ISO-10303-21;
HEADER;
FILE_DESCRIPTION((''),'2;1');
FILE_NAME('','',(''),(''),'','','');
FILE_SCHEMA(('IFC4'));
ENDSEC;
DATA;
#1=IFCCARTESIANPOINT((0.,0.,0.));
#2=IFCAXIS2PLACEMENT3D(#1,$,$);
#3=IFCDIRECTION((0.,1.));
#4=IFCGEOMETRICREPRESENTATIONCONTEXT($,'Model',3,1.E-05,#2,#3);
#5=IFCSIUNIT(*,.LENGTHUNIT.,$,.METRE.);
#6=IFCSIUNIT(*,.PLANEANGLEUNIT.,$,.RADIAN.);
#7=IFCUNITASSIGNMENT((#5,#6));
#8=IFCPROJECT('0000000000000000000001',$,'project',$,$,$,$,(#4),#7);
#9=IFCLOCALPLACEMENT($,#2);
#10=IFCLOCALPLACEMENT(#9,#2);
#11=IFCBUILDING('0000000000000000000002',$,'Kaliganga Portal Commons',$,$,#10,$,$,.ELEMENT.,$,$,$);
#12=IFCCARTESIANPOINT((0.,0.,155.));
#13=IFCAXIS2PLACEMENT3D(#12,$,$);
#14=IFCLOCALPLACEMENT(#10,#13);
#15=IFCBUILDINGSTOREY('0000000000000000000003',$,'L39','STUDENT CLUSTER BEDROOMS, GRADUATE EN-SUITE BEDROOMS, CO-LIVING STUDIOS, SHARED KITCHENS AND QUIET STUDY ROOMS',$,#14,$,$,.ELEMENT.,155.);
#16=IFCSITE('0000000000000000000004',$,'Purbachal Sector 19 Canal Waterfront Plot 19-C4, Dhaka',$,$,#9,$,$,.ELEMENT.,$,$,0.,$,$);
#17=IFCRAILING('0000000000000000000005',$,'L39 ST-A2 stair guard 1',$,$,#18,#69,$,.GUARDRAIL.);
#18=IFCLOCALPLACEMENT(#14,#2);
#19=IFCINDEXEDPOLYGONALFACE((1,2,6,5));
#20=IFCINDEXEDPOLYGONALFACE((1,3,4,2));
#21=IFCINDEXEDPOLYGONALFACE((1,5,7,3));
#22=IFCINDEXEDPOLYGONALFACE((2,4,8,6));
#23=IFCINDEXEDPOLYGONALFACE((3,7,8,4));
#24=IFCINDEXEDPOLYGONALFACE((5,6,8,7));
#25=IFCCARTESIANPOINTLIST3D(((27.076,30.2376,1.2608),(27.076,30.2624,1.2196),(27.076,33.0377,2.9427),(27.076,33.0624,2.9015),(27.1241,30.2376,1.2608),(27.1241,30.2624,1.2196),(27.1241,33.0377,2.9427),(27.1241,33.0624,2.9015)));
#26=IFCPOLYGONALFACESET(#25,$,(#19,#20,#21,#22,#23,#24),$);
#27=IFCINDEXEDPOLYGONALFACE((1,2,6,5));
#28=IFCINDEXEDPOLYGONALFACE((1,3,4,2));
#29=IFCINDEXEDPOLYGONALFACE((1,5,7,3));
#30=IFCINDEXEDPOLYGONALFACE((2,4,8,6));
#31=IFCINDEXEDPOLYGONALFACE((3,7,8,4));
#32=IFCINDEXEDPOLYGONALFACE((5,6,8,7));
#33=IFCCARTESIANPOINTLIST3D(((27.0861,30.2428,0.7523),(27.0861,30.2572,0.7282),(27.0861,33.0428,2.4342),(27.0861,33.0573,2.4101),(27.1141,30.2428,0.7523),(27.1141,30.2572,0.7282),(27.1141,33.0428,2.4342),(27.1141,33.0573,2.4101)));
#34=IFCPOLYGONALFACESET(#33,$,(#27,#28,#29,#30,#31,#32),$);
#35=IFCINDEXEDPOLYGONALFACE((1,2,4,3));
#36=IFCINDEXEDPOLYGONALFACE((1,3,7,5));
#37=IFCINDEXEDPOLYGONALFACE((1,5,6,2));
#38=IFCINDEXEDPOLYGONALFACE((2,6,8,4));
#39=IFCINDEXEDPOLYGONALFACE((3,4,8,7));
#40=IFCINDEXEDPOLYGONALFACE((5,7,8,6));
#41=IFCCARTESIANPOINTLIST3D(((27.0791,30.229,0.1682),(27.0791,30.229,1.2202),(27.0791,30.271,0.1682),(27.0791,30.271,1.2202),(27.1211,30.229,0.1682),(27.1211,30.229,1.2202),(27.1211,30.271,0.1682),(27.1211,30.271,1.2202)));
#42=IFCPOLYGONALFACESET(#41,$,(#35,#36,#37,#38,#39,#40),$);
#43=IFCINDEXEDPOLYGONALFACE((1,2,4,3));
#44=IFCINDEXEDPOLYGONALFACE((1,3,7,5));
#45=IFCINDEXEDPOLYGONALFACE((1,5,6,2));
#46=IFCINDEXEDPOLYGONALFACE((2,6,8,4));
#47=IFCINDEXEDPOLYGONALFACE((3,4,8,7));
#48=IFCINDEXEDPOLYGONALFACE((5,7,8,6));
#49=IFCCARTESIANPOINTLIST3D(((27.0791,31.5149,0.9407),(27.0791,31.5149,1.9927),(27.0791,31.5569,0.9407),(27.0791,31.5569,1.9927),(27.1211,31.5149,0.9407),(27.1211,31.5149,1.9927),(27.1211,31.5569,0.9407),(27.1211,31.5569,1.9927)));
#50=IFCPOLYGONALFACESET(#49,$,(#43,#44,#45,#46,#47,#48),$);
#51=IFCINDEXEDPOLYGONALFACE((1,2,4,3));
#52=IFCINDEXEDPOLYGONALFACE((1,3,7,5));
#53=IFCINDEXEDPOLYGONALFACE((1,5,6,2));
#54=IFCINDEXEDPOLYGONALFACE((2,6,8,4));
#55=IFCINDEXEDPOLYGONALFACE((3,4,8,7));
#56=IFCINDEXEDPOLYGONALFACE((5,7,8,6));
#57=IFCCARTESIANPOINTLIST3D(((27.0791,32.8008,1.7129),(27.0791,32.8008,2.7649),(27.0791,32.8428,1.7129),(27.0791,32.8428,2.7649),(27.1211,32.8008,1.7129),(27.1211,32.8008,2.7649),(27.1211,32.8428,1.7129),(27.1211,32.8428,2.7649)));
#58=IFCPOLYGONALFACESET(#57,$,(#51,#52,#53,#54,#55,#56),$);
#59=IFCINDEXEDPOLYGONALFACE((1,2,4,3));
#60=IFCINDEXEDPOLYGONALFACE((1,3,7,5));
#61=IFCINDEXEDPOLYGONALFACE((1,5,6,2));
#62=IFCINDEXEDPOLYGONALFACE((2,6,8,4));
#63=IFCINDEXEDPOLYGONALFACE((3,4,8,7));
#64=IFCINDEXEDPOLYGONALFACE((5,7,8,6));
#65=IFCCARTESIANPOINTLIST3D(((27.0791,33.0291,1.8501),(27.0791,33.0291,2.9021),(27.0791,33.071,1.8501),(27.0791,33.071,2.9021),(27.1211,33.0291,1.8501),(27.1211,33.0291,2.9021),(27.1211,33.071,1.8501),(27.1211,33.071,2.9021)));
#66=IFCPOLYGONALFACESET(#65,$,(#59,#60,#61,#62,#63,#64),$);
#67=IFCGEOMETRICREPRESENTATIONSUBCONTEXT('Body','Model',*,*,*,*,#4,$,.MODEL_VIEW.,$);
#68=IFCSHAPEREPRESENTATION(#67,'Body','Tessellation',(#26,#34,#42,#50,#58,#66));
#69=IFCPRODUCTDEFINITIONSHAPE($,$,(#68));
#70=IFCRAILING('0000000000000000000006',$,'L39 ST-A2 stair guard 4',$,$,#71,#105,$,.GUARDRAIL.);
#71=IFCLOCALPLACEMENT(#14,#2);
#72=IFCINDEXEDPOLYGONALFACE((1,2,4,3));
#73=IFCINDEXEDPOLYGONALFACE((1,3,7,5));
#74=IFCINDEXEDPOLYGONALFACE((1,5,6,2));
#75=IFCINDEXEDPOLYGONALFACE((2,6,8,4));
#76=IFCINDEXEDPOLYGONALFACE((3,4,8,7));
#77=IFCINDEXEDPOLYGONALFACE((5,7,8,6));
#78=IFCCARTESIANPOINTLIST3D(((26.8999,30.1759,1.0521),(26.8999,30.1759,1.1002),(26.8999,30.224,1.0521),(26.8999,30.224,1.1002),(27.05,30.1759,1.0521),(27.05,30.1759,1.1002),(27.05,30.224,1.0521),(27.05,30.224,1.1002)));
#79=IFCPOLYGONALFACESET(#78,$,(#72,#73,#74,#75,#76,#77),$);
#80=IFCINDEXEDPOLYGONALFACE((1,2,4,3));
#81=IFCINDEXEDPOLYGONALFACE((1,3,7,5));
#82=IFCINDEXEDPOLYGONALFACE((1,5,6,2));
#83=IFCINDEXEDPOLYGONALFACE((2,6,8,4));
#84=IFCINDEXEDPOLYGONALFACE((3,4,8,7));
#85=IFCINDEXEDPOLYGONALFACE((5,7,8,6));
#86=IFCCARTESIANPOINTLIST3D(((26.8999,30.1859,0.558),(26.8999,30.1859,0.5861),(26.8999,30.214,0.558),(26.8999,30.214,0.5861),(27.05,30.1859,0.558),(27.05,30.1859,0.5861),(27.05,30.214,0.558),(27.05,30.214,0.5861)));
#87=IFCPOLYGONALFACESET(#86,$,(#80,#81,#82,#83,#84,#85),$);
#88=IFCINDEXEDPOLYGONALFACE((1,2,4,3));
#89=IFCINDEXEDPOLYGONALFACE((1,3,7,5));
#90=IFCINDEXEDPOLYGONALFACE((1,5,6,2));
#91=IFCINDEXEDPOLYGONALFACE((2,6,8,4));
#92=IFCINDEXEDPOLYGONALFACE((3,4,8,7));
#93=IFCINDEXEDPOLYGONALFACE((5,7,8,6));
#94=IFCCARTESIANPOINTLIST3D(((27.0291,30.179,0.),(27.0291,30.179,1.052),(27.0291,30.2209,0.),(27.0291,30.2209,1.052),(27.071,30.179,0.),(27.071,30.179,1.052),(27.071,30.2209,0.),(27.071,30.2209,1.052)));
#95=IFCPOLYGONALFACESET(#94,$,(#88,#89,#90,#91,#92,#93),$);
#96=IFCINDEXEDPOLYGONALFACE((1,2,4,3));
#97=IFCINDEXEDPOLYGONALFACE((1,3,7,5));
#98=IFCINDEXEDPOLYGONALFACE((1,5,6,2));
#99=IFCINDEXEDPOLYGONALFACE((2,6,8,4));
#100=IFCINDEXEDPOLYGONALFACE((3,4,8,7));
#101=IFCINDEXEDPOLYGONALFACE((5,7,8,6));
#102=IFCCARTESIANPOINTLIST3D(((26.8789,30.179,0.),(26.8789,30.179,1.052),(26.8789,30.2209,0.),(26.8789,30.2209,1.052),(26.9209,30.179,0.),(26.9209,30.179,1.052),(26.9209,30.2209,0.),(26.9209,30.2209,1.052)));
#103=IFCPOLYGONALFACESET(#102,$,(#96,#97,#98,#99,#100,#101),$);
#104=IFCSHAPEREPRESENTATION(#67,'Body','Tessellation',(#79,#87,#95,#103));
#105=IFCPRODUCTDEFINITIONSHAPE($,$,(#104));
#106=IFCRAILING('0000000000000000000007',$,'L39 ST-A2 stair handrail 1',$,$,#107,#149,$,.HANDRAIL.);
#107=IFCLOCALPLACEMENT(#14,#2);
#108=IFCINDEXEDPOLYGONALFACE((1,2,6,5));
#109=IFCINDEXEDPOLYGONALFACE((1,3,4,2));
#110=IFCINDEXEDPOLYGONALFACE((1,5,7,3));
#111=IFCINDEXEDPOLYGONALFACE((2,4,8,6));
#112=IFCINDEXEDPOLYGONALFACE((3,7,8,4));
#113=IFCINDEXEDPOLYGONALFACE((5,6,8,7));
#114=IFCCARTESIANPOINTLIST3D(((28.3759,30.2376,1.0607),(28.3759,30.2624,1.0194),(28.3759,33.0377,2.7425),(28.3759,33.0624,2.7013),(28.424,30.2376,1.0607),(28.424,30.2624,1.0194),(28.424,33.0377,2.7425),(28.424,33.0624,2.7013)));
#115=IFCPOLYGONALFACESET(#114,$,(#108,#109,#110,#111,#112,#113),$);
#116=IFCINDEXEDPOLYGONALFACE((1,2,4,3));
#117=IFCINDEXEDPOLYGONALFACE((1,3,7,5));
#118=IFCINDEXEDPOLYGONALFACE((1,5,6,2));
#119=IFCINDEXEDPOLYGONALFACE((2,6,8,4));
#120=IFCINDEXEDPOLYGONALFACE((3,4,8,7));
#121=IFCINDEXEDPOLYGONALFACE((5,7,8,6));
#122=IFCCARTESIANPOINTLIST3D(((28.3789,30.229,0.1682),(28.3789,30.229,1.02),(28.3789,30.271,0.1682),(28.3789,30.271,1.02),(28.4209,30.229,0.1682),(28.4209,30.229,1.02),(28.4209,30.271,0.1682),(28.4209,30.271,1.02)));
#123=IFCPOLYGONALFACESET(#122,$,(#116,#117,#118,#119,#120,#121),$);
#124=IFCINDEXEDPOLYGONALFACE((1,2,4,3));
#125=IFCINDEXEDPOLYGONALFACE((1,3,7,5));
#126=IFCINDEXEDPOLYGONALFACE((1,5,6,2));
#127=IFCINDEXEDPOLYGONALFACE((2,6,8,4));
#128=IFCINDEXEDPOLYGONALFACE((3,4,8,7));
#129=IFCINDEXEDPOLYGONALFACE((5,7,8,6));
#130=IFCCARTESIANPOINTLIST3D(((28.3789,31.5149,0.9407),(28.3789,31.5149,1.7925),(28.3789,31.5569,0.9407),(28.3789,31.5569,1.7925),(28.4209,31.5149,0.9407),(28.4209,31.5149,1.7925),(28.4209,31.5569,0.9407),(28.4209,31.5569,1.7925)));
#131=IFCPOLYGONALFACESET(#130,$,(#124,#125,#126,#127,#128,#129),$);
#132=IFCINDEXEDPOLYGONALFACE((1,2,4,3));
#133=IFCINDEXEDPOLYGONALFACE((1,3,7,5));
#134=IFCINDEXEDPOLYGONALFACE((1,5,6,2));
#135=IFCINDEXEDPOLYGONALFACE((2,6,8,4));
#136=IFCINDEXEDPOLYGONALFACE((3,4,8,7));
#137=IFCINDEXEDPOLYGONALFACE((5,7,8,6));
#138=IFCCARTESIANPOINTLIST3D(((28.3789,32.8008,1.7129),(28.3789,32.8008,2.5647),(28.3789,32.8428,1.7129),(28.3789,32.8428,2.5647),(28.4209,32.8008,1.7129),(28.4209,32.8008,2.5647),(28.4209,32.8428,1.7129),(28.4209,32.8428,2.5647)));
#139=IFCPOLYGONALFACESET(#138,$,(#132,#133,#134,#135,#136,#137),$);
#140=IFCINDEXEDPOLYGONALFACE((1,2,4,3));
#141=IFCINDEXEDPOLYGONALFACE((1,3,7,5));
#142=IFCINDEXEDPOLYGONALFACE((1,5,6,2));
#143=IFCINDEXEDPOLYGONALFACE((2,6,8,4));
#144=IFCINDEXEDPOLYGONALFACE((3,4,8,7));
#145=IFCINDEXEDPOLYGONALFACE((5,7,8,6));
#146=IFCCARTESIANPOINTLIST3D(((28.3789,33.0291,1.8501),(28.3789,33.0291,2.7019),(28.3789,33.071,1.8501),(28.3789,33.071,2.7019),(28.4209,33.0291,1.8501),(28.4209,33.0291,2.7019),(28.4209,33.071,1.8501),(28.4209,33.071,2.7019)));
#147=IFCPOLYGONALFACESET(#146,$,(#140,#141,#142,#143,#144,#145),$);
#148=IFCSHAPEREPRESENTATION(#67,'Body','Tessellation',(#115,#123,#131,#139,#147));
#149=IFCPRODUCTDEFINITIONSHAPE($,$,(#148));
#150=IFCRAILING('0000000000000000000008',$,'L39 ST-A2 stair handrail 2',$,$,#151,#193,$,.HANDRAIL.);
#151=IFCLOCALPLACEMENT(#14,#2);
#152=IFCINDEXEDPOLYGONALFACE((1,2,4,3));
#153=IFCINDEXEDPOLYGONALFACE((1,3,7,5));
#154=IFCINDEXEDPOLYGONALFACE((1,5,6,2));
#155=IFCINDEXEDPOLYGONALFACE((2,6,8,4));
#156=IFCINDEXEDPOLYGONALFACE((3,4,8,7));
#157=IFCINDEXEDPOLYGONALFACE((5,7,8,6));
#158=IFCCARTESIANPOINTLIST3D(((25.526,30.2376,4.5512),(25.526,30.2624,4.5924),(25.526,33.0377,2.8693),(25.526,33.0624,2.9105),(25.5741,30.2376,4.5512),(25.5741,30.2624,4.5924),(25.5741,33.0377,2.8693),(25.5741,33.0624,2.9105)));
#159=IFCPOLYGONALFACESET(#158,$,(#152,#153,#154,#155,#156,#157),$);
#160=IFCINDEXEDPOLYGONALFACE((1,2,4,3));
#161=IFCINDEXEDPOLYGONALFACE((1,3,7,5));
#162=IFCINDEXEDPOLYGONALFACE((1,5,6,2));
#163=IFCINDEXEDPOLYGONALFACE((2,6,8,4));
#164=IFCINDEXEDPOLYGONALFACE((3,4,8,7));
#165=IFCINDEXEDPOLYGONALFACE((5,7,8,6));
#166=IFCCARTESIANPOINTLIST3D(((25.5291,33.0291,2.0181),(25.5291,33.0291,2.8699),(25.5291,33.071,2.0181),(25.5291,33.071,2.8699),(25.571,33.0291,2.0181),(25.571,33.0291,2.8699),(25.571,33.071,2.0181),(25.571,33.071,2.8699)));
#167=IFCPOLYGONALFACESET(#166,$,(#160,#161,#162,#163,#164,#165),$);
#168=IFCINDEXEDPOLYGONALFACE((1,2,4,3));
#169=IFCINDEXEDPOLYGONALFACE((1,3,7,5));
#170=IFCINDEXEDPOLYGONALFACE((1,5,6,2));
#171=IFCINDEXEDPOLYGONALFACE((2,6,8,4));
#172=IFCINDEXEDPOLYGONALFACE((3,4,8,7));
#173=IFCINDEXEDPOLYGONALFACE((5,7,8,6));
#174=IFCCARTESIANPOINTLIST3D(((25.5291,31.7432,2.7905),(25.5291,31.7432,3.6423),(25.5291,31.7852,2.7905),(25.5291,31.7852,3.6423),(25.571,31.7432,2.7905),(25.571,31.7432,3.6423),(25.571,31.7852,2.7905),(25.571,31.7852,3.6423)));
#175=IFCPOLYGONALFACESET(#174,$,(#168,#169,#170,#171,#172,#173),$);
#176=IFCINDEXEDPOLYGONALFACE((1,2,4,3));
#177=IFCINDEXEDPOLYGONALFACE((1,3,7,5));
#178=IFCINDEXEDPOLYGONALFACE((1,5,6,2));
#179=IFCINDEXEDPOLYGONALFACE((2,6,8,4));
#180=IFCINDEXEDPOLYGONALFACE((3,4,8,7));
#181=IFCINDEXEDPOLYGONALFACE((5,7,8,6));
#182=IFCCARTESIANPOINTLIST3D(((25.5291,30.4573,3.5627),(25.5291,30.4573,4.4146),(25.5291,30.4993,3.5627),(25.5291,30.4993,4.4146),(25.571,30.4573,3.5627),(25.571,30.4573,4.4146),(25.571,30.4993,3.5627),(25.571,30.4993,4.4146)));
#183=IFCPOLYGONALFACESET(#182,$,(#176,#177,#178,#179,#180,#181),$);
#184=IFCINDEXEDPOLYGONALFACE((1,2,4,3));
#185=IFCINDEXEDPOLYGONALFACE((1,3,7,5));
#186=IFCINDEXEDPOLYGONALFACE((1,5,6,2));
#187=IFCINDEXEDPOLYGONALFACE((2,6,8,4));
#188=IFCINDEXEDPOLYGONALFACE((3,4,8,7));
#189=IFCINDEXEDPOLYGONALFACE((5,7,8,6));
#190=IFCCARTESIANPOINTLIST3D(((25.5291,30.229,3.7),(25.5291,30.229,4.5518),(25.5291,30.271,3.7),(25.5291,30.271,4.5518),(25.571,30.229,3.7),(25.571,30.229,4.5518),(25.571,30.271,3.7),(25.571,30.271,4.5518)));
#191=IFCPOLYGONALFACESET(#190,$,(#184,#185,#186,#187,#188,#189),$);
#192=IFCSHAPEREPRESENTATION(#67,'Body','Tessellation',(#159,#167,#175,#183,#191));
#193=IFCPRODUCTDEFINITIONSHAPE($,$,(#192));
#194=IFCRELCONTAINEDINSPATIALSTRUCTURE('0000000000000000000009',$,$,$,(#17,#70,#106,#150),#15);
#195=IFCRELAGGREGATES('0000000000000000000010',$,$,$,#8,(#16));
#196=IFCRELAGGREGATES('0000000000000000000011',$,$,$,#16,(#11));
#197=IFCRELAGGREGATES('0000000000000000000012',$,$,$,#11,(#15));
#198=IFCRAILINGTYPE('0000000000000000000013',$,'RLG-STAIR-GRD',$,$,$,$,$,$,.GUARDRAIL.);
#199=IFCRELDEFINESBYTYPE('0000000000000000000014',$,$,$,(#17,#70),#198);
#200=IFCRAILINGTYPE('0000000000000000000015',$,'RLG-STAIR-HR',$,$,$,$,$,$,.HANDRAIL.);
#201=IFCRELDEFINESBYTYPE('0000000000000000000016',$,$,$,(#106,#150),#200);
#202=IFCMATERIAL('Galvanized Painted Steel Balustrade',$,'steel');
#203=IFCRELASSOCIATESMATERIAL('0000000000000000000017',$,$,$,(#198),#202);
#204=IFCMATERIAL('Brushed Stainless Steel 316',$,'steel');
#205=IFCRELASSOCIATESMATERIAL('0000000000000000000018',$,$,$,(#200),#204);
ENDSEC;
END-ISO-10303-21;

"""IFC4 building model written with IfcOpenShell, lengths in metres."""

from ifc_helpers import new_model, si_unit, direction, frame, origin, origin_2d, place, context, subcontext, project, spatial, rectangle, extrude, material, type_object, element, save


model = new_model("IFC4")

# Units and contexts
model_context = context("Model", 3, precision=1e-05, world=origin(), true_north=direction((0.0, 1.0)))
body_context = subcontext(model_context, "Body", "Model", "MODEL_VIEW")
ifc_project = project(units=[si_unit("LENGTHUNIT", "METRE"), si_unit("PLANEANGLEUNIT", "RADIAN")], contexts=[model_context])

# Site, building, storey
site_placement = place(None, origin())
site = spatial("IfcSite", under=ifc_project, at=site_placement, Name="Purbachal Sector 19 Canal Waterfront Plot 19-C4, Dhaka", CompositionType="ELEMENT", RefElevation=0.0)
building_placement = place(site_placement, origin())
building = spatial("IfcBuilding", under=site, at=building_placement, Name="Kaliganga Portal Commons", CompositionType="ELEMENT")
storey_placement = place(building_placement, frame((0.0, 0.0, 155.0)))
storey = spatial("IfcBuildingStorey", under=building, at=storey_placement, Name="L39", Description="STUDENT CLUSTER BEDROOMS, GRADUATE EN-SUITE BEDROOMS, CO-LIVING STUDIOS, SHARED KITCHENS AND QUIET STUDY ROOMS", CompositionType="ELEMENT", Elevation=155.0)

# Railings
ifc_material_1 = material(Name="Galvanized Painted Steel Balustrade", Category="steel")
railing_type_1 = type_object("IfcRailingType", Name="RLG-STAIR-GRD", PredefinedType="GUARDRAIL", material=ifc_material_1)
railing_1_placement = place(storey_placement, frame((27.1001, 30.25, 0.1682)))
element("IfcRailing", 1, at=railing_1_placement, inside=storey, type_object=railing_type_1, Name="L39 ST-A2 stair guard 1", PredefinedType="GUARDRAIL", context=body_context, shape_type="SweptSolid", body=[
    extrude(rectangle(XDim=0.0481, YDim=0.0481, at=origin_2d()), frame((0.0, 0.0, 1.072), z_axis=(0.0, 0.857242, 0.514913), x_axis=(-1.0, 0.0, 0.0)), (0.0, 0.0, 1.0), 3.2664),
    extrude(rectangle(XDim=0.0281, YDim=0.0281, at=origin_2d()), frame((0.0, 0.0, 0.572), z_axis=(0.0, 0.857242, 0.514913), x_axis=(-1.0, 0.0, 0.0)), (0.0, 0.0, 1.0), 3.2664),
    extrude(rectangle(XDim=0.042, YDim=0.042, at=origin_2d()), origin(), (0.0, 0.0, 1.0), 1.052),
    extrude(rectangle(XDim=0.042, YDim=0.042, at=origin_2d()), frame((0.0, 1.2859, 0.7725)), (0.0, 0.0, 1.0), 1.052),
    extrude(rectangle(XDim=0.042, YDim=0.042, at=origin_2d()), frame((0.0, 2.5718, 1.5447)), (0.0, 0.0, 1.0), 1.052),
    extrude(rectangle(XDim=0.042, YDim=0.042, at=origin_2d()), frame((0.0, 2.8, 1.6819)), (0.0, 0.0, 1.0), 1.052),
])
railing_2_placement = place(storey_placement, frame((27.05, 30.2, 0.0)))
element("IfcRailing", 2, at=railing_2_placement, inside=storey, type_object=railing_type_1, Name="L39 ST-A2 stair guard 4", PredefinedType="GUARDRAIL", context=body_context, shape_type="SweptSolid", body=[
    extrude(rectangle(XDim=0.0481, YDim=0.0481, at=origin_2d()), frame((0.0, 0.0, 1.0762), z_axis=(-1.0, 0.0, 0.0), x_axis=(0.0, -1.0, 0.0)), (0.0, 0.0, 1.0), 0.1501),
    extrude(rectangle(XDim=0.0281, YDim=0.0281, at=origin_2d()), frame((0.0, 0.0, 0.572), z_axis=(-1.0, 0.0, 0.0), x_axis=(0.0, -1.0, 0.0)), (0.0, 0.0, 1.0), 0.1501),
    extrude(rectangle(XDim=0.042, YDim=0.042, at=origin_2d()), origin(), (0.0, 0.0, 1.0), 1.052),
    extrude(rectangle(XDim=0.042, YDim=0.042, at=origin_2d()), frame((-0.1501, 0.0, 0.0)), (0.0, 0.0, 1.0), 1.052),
])
ifc_material_2 = material(Name="Brushed Stainless Steel 316", Category="steel")
railing_type_2 = type_object("IfcRailingType", Name="RLG-STAIR-HR", PredefinedType="HANDRAIL", material=ifc_material_2)
railing_3_placement = place(storey_placement, frame((28.3999, 30.25, 0.1682)))
element("IfcRailing", 3, at=railing_3_placement, inside=storey, type_object=railing_type_2, Name="L39 ST-A2 stair handrail 1", PredefinedType="HANDRAIL", context=body_context, shape_type="SweptSolid", body=[
    extrude(rectangle(XDim=0.0481, YDim=0.0481, at=origin_2d()), frame((0.0, 0.0, 0.8718), z_axis=(0.0, 0.857242, 0.514913), x_axis=(-1.0, 0.0, 0.0)), (0.0, 0.0, 1.0), 3.2664),
    extrude(rectangle(XDim=0.042, YDim=0.042, at=origin_2d()), origin(), (0.0, 0.0, 1.0), 0.8518),
    extrude(rectangle(XDim=0.042, YDim=0.042, at=origin_2d()), frame((0.0, 1.2859, 0.7725)), (0.0, 0.0, 1.0), 0.8518),
    extrude(rectangle(XDim=0.042, YDim=0.042, at=origin_2d()), frame((0.0, 2.5718, 1.5447)), (0.0, 0.0, 1.0), 0.8518),
    extrude(rectangle(XDim=0.042, YDim=0.042, at=origin_2d()), frame((0.0, 2.8, 1.6819)), (0.0, 0.0, 1.0), 0.8518),
])
railing_4_placement = place(storey_placement, frame((25.55, 33.05, 2.0181)))
element("IfcRailing", 4, at=railing_4_placement, inside=storey, type_object=railing_type_2, Name="L39 ST-A2 stair handrail 2", PredefinedType="HANDRAIL", context=body_context, shape_type="SweptSolid", body=[
    extrude(rectangle(XDim=0.0481, YDim=0.0481, at=origin_2d()), frame((0.0, 0.0, 0.8718), z_axis=(0.0, -0.857242, 0.514913), x_axis=(1.0, 0.0, 0.0)), (0.0, 0.0, 1.0), 3.2664),
    extrude(rectangle(XDim=0.042, YDim=0.042, at=origin_2d()), origin(), (0.0, 0.0, 1.0), 0.8518),
    extrude(rectangle(XDim=0.042, YDim=0.042, at=origin_2d()), frame((0.0, -1.2859, 0.7725)), (0.0, 0.0, 1.0), 0.8518),
    extrude(rectangle(XDim=0.042, YDim=0.042, at=origin_2d()), frame((0.0, -2.5718, 1.5447)), (0.0, 0.0, 1.0), 0.8518),
    extrude(rectangle(XDim=0.042, YDim=0.042, at=origin_2d()), frame((0.0, -2.8, 1.6819)), (0.0, 0.0, 1.0), 0.8518),
])

save(model, "model.ifc")
